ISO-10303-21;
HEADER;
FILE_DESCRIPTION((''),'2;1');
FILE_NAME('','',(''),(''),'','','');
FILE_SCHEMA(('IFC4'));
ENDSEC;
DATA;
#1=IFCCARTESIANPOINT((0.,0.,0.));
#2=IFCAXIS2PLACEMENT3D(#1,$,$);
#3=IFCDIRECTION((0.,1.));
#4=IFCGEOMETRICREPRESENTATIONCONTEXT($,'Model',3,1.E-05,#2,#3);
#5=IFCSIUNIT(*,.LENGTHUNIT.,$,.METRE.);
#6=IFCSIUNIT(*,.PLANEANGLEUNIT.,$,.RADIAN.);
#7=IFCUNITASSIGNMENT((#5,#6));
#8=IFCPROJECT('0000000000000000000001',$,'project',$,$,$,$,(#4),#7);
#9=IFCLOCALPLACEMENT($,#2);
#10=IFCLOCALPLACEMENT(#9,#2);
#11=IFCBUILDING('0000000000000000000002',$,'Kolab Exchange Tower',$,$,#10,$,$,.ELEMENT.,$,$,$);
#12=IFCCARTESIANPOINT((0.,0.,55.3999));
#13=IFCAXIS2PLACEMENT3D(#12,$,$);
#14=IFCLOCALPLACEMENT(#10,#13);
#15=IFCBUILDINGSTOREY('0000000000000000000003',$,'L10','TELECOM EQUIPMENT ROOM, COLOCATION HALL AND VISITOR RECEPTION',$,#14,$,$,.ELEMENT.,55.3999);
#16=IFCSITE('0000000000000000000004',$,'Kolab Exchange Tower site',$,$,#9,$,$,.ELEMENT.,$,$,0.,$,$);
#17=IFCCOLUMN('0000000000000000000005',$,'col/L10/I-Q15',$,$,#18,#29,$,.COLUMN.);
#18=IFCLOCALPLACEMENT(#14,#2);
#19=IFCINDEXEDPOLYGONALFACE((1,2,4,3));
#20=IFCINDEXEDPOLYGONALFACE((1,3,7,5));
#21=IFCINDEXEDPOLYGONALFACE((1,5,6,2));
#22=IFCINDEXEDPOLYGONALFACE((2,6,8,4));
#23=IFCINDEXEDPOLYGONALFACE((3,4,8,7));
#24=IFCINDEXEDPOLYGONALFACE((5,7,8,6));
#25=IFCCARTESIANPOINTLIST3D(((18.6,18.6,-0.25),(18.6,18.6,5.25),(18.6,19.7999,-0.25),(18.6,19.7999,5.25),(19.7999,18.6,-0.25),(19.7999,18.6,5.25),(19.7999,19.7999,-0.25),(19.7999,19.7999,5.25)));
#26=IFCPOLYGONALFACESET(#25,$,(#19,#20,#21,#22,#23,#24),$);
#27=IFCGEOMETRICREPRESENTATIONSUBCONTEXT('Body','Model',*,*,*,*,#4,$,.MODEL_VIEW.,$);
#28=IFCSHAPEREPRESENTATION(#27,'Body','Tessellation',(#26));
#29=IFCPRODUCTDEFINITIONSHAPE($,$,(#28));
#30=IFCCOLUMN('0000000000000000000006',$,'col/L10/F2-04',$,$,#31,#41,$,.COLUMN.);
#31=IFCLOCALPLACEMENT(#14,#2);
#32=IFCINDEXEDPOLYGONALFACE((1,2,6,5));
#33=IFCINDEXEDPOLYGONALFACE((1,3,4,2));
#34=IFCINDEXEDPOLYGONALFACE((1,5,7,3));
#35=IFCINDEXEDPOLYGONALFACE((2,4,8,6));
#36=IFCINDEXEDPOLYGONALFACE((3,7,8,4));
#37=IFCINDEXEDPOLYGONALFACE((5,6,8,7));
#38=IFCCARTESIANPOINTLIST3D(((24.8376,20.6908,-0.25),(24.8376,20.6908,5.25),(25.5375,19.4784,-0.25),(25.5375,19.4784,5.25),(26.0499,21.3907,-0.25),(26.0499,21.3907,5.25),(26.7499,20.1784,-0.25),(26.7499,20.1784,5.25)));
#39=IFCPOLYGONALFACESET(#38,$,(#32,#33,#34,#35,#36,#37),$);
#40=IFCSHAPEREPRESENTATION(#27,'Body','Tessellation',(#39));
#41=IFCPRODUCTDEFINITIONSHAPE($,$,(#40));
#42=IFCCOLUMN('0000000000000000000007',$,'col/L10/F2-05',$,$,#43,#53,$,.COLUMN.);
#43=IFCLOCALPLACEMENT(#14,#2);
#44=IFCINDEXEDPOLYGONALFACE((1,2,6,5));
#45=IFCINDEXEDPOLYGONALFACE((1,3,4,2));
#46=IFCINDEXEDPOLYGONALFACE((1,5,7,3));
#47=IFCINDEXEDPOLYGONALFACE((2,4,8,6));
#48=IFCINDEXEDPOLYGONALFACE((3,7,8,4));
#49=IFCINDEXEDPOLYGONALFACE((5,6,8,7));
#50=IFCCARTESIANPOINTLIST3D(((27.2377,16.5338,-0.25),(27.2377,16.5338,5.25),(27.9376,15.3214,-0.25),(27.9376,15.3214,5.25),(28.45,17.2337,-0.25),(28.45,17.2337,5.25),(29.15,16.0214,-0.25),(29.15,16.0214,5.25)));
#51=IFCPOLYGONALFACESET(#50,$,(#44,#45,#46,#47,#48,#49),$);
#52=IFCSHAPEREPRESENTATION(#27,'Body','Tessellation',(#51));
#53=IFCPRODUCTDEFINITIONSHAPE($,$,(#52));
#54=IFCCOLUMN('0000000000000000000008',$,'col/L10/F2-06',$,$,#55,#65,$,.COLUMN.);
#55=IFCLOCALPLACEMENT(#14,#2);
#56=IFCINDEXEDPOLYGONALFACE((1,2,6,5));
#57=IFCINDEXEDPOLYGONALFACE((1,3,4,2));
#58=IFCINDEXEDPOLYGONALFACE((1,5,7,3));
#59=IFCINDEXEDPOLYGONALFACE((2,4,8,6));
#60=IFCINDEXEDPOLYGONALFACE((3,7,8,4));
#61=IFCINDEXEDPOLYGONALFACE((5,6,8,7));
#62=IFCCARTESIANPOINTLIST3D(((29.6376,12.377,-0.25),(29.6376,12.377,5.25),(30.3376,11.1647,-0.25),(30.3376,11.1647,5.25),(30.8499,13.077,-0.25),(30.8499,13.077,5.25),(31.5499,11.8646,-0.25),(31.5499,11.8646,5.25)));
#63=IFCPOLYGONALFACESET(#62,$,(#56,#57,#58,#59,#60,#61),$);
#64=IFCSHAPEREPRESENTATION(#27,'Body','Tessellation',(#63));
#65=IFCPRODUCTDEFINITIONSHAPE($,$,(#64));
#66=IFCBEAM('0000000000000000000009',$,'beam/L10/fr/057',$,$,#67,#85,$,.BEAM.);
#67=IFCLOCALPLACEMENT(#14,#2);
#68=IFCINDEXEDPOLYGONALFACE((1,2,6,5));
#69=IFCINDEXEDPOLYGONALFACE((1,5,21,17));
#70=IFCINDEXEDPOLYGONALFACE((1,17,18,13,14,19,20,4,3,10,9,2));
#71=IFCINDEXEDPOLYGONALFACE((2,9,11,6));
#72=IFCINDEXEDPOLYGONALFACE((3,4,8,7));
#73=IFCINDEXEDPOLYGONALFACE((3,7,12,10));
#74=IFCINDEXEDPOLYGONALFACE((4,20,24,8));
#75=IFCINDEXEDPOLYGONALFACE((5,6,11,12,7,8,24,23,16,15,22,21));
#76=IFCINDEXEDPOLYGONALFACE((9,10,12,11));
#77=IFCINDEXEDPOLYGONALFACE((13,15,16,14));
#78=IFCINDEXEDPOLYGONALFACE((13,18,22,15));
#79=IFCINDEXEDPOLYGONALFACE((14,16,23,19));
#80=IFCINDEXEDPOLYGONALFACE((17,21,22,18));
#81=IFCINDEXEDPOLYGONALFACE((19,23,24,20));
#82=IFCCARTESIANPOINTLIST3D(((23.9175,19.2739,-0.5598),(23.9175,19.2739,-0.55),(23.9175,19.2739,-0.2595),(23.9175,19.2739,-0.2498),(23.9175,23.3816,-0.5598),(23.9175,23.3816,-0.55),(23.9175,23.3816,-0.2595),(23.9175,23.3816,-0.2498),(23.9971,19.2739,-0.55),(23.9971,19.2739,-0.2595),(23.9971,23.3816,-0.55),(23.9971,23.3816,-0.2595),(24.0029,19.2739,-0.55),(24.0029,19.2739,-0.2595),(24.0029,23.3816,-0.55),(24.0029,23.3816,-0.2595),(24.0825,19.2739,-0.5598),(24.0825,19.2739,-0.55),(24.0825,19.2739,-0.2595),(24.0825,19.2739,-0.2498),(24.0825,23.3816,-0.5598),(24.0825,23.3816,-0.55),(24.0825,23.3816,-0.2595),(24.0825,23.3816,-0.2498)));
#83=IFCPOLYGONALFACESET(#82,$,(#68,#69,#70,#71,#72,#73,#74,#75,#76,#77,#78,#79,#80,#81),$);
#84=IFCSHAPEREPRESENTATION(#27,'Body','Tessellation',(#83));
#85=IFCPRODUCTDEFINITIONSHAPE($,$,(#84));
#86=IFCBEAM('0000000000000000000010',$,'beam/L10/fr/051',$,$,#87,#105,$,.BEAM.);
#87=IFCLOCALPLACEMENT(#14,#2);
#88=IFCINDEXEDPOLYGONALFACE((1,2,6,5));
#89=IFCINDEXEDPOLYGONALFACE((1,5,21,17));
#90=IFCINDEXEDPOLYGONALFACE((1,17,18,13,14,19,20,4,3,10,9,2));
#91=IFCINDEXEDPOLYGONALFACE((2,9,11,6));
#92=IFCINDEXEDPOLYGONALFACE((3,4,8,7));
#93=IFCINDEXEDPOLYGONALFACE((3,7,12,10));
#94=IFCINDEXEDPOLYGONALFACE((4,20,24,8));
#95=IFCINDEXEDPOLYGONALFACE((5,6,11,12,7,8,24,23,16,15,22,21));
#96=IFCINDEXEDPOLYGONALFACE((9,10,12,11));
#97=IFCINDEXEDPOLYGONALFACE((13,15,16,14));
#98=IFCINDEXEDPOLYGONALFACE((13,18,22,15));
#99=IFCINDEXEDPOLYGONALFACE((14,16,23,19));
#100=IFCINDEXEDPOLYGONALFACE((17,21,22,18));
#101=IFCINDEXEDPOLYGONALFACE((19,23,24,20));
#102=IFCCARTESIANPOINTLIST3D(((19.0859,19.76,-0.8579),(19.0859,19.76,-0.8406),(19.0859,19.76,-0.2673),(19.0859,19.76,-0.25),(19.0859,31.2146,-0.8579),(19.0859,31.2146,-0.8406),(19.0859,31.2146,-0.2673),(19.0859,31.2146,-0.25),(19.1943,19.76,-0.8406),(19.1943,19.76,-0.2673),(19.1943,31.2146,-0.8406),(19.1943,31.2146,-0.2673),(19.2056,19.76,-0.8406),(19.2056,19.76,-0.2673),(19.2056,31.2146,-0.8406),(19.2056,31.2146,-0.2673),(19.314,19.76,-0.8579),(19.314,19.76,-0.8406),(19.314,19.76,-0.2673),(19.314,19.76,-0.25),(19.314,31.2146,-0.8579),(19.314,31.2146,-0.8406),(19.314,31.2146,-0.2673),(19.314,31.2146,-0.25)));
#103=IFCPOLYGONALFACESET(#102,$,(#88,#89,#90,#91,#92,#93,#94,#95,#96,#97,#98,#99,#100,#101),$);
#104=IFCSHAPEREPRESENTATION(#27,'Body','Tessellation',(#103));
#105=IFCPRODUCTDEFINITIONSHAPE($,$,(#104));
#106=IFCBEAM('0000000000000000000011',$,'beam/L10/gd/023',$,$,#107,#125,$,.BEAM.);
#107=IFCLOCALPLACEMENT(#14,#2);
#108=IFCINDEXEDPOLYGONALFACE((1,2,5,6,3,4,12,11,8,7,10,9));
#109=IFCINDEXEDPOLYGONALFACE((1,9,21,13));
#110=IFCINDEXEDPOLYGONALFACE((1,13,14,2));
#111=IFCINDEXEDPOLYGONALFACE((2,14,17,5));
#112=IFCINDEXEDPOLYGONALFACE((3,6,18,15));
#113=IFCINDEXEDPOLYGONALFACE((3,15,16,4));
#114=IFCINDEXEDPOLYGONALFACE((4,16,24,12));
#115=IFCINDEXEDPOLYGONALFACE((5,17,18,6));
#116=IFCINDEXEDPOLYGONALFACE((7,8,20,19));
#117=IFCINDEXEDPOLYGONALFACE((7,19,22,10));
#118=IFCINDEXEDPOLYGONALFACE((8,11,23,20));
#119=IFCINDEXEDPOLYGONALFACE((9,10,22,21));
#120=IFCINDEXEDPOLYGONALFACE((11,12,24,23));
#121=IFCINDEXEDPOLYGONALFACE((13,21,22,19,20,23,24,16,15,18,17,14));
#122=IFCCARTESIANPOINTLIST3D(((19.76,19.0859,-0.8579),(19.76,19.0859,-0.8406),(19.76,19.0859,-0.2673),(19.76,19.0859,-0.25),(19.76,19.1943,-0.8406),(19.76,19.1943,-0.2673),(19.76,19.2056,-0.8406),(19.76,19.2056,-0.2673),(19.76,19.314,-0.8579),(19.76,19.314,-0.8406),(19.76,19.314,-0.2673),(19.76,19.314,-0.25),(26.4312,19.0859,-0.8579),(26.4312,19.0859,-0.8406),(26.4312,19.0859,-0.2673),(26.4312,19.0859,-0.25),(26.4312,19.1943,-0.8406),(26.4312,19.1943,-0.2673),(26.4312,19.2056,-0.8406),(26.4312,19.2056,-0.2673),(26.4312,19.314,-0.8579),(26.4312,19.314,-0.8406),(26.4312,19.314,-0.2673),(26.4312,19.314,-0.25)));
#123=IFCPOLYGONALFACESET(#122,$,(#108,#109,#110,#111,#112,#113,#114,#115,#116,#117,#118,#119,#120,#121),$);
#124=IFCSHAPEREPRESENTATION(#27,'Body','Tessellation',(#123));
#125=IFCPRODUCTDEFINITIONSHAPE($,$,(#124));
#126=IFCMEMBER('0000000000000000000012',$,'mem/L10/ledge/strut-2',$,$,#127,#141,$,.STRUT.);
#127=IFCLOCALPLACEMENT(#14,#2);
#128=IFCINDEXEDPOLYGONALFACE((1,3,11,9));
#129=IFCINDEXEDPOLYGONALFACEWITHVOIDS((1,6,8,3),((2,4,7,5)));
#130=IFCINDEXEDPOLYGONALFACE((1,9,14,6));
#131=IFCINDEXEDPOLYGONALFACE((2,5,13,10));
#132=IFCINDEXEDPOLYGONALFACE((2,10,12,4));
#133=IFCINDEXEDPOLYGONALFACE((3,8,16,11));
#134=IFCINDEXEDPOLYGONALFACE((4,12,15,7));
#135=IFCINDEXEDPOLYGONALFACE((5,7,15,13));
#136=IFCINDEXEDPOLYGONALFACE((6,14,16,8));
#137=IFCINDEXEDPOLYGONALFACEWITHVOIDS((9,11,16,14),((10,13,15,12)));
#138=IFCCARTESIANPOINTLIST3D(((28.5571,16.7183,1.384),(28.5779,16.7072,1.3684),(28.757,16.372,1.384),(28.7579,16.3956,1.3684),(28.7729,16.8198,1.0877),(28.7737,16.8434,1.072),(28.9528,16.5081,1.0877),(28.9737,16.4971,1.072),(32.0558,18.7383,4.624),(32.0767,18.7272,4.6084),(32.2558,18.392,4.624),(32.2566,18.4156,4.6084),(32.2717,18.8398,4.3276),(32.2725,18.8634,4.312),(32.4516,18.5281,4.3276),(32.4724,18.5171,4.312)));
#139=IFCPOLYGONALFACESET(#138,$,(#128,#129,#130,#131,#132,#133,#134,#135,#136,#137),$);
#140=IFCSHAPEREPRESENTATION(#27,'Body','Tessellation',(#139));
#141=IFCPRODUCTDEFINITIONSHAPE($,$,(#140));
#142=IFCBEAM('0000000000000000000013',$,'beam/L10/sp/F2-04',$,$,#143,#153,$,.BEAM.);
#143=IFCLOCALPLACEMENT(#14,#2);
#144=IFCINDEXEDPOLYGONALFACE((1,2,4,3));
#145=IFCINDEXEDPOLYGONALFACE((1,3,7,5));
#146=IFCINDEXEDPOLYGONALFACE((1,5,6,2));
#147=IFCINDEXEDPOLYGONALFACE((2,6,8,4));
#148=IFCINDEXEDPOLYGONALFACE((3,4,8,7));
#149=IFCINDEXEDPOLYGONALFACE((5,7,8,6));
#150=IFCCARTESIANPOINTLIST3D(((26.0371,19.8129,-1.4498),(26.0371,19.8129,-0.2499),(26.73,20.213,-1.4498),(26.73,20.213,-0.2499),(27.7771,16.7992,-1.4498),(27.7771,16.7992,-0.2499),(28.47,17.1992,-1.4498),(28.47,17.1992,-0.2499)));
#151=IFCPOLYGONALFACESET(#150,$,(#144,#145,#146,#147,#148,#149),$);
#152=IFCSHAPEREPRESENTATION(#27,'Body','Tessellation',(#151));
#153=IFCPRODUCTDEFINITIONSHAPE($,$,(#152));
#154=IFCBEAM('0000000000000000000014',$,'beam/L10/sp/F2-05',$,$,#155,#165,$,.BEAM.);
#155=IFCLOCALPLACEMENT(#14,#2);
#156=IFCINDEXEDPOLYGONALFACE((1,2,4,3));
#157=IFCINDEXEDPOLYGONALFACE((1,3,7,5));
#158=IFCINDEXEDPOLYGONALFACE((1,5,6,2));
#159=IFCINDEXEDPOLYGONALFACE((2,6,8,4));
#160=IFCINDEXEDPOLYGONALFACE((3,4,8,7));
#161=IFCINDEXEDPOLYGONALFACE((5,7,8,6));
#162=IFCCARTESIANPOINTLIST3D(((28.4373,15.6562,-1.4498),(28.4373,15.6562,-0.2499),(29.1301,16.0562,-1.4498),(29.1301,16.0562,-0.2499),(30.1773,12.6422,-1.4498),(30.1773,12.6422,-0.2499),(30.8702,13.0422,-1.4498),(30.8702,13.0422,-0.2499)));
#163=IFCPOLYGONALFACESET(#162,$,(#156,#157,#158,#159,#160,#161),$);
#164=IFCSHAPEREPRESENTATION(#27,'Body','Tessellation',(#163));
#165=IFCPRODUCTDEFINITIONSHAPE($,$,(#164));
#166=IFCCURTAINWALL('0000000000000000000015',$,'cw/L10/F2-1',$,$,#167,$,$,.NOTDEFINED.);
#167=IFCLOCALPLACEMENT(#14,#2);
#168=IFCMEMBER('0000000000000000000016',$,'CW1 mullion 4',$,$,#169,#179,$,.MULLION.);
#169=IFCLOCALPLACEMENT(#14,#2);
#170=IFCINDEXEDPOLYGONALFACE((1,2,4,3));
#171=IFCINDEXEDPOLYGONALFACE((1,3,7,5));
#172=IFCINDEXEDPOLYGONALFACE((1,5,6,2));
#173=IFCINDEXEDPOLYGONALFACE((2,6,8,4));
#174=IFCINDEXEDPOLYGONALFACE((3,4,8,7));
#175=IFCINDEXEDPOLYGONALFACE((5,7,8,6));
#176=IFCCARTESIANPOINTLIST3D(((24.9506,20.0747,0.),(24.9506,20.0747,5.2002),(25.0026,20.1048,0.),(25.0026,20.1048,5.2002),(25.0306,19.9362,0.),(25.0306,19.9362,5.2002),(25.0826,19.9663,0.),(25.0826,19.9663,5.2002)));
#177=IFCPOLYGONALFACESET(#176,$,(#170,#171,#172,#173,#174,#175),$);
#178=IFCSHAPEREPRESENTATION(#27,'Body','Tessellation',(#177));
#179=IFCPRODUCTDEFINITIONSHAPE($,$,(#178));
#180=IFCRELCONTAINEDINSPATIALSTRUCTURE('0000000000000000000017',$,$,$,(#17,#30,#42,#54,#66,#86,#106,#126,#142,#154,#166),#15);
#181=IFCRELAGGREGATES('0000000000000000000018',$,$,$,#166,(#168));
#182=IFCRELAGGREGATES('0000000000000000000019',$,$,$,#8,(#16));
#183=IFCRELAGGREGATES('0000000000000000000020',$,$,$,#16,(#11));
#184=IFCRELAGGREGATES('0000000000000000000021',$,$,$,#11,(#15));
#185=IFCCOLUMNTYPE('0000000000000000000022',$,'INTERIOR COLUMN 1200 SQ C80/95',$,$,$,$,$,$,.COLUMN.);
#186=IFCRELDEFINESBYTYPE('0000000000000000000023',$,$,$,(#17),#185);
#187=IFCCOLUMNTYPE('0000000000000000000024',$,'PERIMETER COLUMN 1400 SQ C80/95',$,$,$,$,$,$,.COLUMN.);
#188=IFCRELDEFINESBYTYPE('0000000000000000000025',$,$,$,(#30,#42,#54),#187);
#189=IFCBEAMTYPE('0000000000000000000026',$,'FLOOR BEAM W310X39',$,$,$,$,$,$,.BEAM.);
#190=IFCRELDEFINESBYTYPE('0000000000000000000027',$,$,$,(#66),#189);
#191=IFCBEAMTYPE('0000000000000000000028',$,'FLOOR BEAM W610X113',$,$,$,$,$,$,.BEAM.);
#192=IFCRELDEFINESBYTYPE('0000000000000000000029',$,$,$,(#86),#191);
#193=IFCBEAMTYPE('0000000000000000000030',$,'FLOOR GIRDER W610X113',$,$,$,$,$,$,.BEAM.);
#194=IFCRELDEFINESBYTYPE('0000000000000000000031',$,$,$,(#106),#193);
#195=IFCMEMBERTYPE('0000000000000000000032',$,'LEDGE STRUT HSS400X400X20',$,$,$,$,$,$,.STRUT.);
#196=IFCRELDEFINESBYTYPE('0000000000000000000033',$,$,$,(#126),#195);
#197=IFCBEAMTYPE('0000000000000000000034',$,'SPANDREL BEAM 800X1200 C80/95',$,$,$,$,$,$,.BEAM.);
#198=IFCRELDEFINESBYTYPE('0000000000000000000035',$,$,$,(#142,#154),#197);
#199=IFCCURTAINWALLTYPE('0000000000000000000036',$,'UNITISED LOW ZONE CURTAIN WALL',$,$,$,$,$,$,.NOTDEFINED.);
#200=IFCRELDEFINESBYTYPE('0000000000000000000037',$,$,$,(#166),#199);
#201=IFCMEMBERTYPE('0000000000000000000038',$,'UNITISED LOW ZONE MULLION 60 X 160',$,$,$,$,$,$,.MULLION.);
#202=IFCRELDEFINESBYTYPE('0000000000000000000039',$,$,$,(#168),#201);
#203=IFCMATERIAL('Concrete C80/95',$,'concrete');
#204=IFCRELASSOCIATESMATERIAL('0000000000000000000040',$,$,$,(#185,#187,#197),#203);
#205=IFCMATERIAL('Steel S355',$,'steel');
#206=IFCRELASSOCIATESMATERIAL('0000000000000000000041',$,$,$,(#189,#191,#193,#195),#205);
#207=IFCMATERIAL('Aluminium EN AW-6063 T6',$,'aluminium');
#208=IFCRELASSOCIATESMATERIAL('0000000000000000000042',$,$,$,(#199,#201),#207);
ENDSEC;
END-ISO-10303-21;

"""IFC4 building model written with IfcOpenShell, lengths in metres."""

from ifc_helpers import new_model, si_unit, direction, frame, origin, origin_2d, place, context, subcontext, project, spatial, rectangle, hollow_rectangle, i_section, extrude, material, material_profile, profile_set, type_object, element, aggregate, save


model = new_model("IFC4")

# Units and contexts
model_context = context("Model", 3, precision=1e-05, world=origin(), true_north=direction((0.0, 1.0)))
body_context = subcontext(model_context, "Body", "Model", "MODEL_VIEW")
ifc_project = project(units=[si_unit("LENGTHUNIT", "METRE"), si_unit("PLANEANGLEUNIT", "RADIAN")], contexts=[model_context])

# Site, building, storey
site_placement = place(None, origin())
site = spatial("IfcSite", under=ifc_project, at=site_placement, Name="Kolab Exchange Tower site", CompositionType="ELEMENT", RefElevation=0.0)
building_placement = place(site_placement, origin())
building = spatial("IfcBuilding", under=site, at=building_placement, Name="Kolab Exchange Tower", CompositionType="ELEMENT")
storey_placement = place(building_placement, frame((0.0, 0.0, 55.3999)))
storey = spatial("IfcBuildingStorey", under=building, at=storey_placement, Name="L10", Description="TELECOM EQUIPMENT ROOM, COLOCATION HALL AND VISITOR RECEPTION", CompositionType="ELEMENT", Elevation=55.3999)

# Columns
ifc_material_1 = material(Name="Concrete C80/95", Category="concrete")
ifc_material_profile_1 = material_profile(ifc_material_1, rectangle(XDim=1.2, YDim=1.2, at=origin_2d()), Name="RC1200")
ifc_profile_set_1 = profile_set([ifc_material_profile_1], Name="Concrete C80/95")
column_type_1 = type_object("IfcColumnType", Name="INTERIOR COLUMN 1200 SQ C80/95", PredefinedType="COLUMN", material=ifc_profile_set_1)
column_placement = place(storey_placement, frame((19.2, 19.2, -0.25), z_axis=(0.0, 0.0, 1.0), x_axis=(1.0, 0.0, 0.0)))
element("IfcColumn", 1, at=column_placement, inside=storey, type_object=column_type_1, Name="col/L10/I-Q15", PredefinedType="COLUMN", context=body_context, shape_type="SweptSolid", body=[
    extrude(rectangle(XDim=1.2, YDim=1.2, at=origin_2d()), origin(), (0.0, 0.0, 1.0), 5.5),
])
ifc_material_profile_2 = material_profile(ifc_material_1, rectangle(XDim=1.3999, YDim=1.3999, at=origin_2d()), Name="RC1400")
ifc_profile_set_2 = profile_set([ifc_material_profile_2], Name="Concrete C80/95")
column_type_2 = type_object("IfcColumnType", Name="PERIMETER COLUMN 1400 SQ C80/95", PredefinedType="COLUMN", material=ifc_profile_set_2)
for number, where, z_axis, x_axis, name in (
    (2, (25.7937, 20.4346, -0.25), (0.0, 0.0, 1.0), (0.866025, 0.5, 0.0), "col/L10/F2-04"),
    (3, (28.1938, 16.2776, -0.25), (0.0, 0.0, 1.0), (0.866025, 0.5, 0.0), "col/L10/F2-05"),
    (4, (30.5938, 12.1208, -0.25), (0.0, 0.0, 1.0), (0.866025, 0.5, 0.0), "col/L10/F2-06"),
):
    element("IfcColumn", number, at=place(storey_placement, frame(where, z_axis=z_axis, x_axis=x_axis)), inside=storey, type_object=column_type_2, Name=name, PredefinedType="COLUMN", context=body_context, shape_type="SweptSolid", body=[
        extrude(rectangle(XDim=1.3999, YDim=1.3999, at=origin_2d()), origin(), (0.0, 0.0, 1.0), 5.5),
    ])

# Beams
ifc_material_2 = material(Name="Steel S355", Category="steel")
ifc_material_profile_3 = material_profile(ifc_material_2, i_section(OverallWidth=0.165, OverallDepth=0.3101, WebThickness=0.0059, FlangeThickness=0.0098, at=origin_2d()), Name="W310X39")
ifc_profile_set_3 = profile_set([ifc_material_profile_3], Name="Steel S355")
beam_type_1 = type_object("IfcBeamType", Name="FLOOR BEAM W310X39", PredefinedType="BEAM", material=ifc_profile_set_3)
beam_1_placement = place(storey_placement, frame((24.0, 19.2739, -0.4048), z_axis=(0.0, 1.0, 0.0), x_axis=(-1.0, 0.0, 0.0)))
element("IfcBeam", 5, at=beam_1_placement, inside=storey, type_object=beam_type_1, Name="beam/L10/fr/057", PredefinedType="BEAM", context=body_context, shape_type="SweptSolid", body=[
    extrude(i_section(OverallWidth=0.165, OverallDepth=0.3101, WebThickness=0.0059, FlangeThickness=0.0098, at=origin_2d()), origin(), (0.0, 0.0, 1.0), 4.1077),
])
ifc_material_profile_4 = material_profile(ifc_material_2, i_section(OverallWidth=0.228, OverallDepth=0.6079, WebThickness=0.0112, FlangeThickness=0.0173, at=origin_2d()), Name="W610X113")
ifc_profile_set_4 = profile_set([ifc_material_profile_4], Name="Steel S355")
beam_type_2 = type_object("IfcBeamType", Name="FLOOR BEAM W610X113", PredefinedType="BEAM", material=ifc_profile_set_4)
beam_2_placement = place(storey_placement, frame((19.2, 19.76, -0.554), z_axis=(0.0, 1.0, 0.0), x_axis=(-1.0, 0.0, 0.0)))
element("IfcBeam", 6, at=beam_2_placement, inside=storey, type_object=beam_type_2, Name="beam/L10/fr/051", PredefinedType="BEAM", context=body_context, shape_type="SweptSolid", body=[
    extrude(i_section(OverallWidth=0.228, OverallDepth=0.6079, WebThickness=0.0112, FlangeThickness=0.0173, at=origin_2d()), origin(), (0.0, 0.0, 1.0), 11.4546),
])
ifc_material_profile_5 = material_profile(ifc_material_2, i_section(OverallWidth=0.228, OverallDepth=0.6079, WebThickness=0.0112, FlangeThickness=0.0173, at=origin_2d()), Name="W610X113")
ifc_profile_set_5 = profile_set([ifc_material_profile_5], Name="Steel S355")
beam_type_3 = type_object("IfcBeamType", Name="FLOOR GIRDER W610X113", PredefinedType="BEAM", material=ifc_profile_set_5)
beam_3_placement = place(storey_placement, frame((19.76, 19.2, -0.554), z_axis=(1.0, 0.0, 0.0), x_axis=(0.0, 1.0, 0.0)))
element("IfcBeam", 7, at=beam_3_placement, inside=storey, type_object=beam_type_3, Name="beam/L10/gd/023", PredefinedType="BEAM", context=body_context, shape_type="SweptSolid", body=[
    extrude(i_section(OverallWidth=0.228, OverallDepth=0.6079, WebThickness=0.0112, FlangeThickness=0.0173, at=origin_2d()), origin(), (0.0, 0.0, 1.0), 6.6711),
])

# Member
ifc_material_profile_6 = material_profile(ifc_material_2, hollow_rectangle(XDim=0.3999, YDim=0.3999, WallThickness=0.02, at=origin_2d()), Name="HSS400X400X20")
ifc_profile_set_6 = profile_set([ifc_material_profile_6], Name="Steel S355")
member_type_1 = type_object("IfcMemberType", Name="LEDGE STRUT HSS400X400X20", PredefinedType="STRUT", material=ifc_profile_set_6)
member_1_placement = place(storey_placement, frame((28.7654, 16.6077, 1.228), z_axis=(0.675603, 0.390059, 0.625631), x_axis=(-0.5, 0.866026, 0.0)))
element("IfcMember", 8, at=member_1_placement, inside=storey, type_object=member_type_1, Name="mem/L10/ledge/strut-2", PredefinedType="STRUT", context=body_context, shape_type="SweptSolid", body=[
    extrude(hollow_rectangle(XDim=0.3999, YDim=0.3999, WallThickness=0.02, at=origin_2d()), origin(), (0.0, 0.0, 1.0), 5.1787),
])

# Beams
ifc_material_profile_7 = material_profile(ifc_material_1, rectangle(XDim=0.8, YDim=1.2, at=origin_2d()), Name="RC800X1200")
ifc_profile_set_7 = profile_set([ifc_material_profile_7], Name="Concrete C80/95")
beam_type_4 = type_object("IfcBeamType", Name="SPANDREL BEAM 800X1200 C80/95", PredefinedType="BEAM", material=ifc_profile_set_7)
beam_4_placement = place(storey_placement, frame((26.3835, 20.0129, -0.8499), z_axis=(0.50001, -0.86602, 0.0), x_axis=(0.86602, 0.50001, 0.0)))
element("IfcBeam", 9, at=beam_4_placement, inside=storey, type_object=beam_type_4, Name="beam/L10/sp/F2-04", PredefinedType="BEAM", context=body_context, shape_type="SweptSolid", body=[
    extrude(rectangle(XDim=0.8, YDim=1.2, at=origin_2d()), origin(), (0.0, 0.0, 1.0), 3.48),
])
beam_5_placement = place(storey_placement, frame((28.7837, 15.8562, -0.8499), z_axis=(0.49998, -0.866037, 0.0), x_axis=(0.866037, 0.49998, 0.0)))
element("IfcBeam", 10, at=beam_5_placement, inside=storey, type_object=beam_type_4, Name="beam/L10/sp/F2-05", PredefinedType="BEAM", context=body_context, shape_type="SweptSolid", body=[
    extrude(rectangle(XDim=0.8, YDim=1.2, at=origin_2d()), origin(), (0.0, 0.0, 1.0), 3.4802),
])

# Curtain wall, member
ifc_material_3 = material(Name="Aluminium EN AW-6063 T6", Category="aluminium")
curtain_wall_type = type_object("IfcCurtainWallType", Name="UNITISED LOW ZONE CURTAIN WALL", PredefinedType="NOTDEFINED", material=ifc_material_3)
curtain_wall_1_placement = place(storey_placement, origin())
curtain_wall_1 = element("IfcCurtainWall", 11, at=curtain_wall_1_placement, inside=storey, type_object=curtain_wall_type, Name="cw/L10/F2-1", PredefinedType="NOTDEFINED")
ifc_material_profile_8 = material_profile(ifc_material_3, rectangle(XDim=0.0601, YDim=0.1599, at=origin_2d()), Name="RECT 60X160")
ifc_profile_set_8 = profile_set([ifc_material_profile_8], Name="Aluminium EN AW-6063 T6")
member_type_2 = type_object("IfcMemberType", Name="UNITISED LOW ZONE MULLION 60 X 160", PredefinedType="MULLION", material=ifc_profile_set_8)
member_2_placement = place(storey_placement, frame((25.0166, 20.0205, 0.0), z_axis=(0.0, 0.0, 1.0), x_axis=(0.866025, 0.5, 0.0)))
member_2 = element("IfcMember", 12, at=member_2_placement, type_object=member_type_2, Name="CW1 mullion 4", PredefinedType="MULLION", context=body_context, shape_type="SweptSolid", body=[
    extrude(rectangle(XDim=0.0601, YDim=0.1599, at=origin_2d()), origin(), (0.0, 0.0, 1.0), 5.2002),
])

aggregate(curtain_wall_1, [member_2])

save(model, "model.ifc")
